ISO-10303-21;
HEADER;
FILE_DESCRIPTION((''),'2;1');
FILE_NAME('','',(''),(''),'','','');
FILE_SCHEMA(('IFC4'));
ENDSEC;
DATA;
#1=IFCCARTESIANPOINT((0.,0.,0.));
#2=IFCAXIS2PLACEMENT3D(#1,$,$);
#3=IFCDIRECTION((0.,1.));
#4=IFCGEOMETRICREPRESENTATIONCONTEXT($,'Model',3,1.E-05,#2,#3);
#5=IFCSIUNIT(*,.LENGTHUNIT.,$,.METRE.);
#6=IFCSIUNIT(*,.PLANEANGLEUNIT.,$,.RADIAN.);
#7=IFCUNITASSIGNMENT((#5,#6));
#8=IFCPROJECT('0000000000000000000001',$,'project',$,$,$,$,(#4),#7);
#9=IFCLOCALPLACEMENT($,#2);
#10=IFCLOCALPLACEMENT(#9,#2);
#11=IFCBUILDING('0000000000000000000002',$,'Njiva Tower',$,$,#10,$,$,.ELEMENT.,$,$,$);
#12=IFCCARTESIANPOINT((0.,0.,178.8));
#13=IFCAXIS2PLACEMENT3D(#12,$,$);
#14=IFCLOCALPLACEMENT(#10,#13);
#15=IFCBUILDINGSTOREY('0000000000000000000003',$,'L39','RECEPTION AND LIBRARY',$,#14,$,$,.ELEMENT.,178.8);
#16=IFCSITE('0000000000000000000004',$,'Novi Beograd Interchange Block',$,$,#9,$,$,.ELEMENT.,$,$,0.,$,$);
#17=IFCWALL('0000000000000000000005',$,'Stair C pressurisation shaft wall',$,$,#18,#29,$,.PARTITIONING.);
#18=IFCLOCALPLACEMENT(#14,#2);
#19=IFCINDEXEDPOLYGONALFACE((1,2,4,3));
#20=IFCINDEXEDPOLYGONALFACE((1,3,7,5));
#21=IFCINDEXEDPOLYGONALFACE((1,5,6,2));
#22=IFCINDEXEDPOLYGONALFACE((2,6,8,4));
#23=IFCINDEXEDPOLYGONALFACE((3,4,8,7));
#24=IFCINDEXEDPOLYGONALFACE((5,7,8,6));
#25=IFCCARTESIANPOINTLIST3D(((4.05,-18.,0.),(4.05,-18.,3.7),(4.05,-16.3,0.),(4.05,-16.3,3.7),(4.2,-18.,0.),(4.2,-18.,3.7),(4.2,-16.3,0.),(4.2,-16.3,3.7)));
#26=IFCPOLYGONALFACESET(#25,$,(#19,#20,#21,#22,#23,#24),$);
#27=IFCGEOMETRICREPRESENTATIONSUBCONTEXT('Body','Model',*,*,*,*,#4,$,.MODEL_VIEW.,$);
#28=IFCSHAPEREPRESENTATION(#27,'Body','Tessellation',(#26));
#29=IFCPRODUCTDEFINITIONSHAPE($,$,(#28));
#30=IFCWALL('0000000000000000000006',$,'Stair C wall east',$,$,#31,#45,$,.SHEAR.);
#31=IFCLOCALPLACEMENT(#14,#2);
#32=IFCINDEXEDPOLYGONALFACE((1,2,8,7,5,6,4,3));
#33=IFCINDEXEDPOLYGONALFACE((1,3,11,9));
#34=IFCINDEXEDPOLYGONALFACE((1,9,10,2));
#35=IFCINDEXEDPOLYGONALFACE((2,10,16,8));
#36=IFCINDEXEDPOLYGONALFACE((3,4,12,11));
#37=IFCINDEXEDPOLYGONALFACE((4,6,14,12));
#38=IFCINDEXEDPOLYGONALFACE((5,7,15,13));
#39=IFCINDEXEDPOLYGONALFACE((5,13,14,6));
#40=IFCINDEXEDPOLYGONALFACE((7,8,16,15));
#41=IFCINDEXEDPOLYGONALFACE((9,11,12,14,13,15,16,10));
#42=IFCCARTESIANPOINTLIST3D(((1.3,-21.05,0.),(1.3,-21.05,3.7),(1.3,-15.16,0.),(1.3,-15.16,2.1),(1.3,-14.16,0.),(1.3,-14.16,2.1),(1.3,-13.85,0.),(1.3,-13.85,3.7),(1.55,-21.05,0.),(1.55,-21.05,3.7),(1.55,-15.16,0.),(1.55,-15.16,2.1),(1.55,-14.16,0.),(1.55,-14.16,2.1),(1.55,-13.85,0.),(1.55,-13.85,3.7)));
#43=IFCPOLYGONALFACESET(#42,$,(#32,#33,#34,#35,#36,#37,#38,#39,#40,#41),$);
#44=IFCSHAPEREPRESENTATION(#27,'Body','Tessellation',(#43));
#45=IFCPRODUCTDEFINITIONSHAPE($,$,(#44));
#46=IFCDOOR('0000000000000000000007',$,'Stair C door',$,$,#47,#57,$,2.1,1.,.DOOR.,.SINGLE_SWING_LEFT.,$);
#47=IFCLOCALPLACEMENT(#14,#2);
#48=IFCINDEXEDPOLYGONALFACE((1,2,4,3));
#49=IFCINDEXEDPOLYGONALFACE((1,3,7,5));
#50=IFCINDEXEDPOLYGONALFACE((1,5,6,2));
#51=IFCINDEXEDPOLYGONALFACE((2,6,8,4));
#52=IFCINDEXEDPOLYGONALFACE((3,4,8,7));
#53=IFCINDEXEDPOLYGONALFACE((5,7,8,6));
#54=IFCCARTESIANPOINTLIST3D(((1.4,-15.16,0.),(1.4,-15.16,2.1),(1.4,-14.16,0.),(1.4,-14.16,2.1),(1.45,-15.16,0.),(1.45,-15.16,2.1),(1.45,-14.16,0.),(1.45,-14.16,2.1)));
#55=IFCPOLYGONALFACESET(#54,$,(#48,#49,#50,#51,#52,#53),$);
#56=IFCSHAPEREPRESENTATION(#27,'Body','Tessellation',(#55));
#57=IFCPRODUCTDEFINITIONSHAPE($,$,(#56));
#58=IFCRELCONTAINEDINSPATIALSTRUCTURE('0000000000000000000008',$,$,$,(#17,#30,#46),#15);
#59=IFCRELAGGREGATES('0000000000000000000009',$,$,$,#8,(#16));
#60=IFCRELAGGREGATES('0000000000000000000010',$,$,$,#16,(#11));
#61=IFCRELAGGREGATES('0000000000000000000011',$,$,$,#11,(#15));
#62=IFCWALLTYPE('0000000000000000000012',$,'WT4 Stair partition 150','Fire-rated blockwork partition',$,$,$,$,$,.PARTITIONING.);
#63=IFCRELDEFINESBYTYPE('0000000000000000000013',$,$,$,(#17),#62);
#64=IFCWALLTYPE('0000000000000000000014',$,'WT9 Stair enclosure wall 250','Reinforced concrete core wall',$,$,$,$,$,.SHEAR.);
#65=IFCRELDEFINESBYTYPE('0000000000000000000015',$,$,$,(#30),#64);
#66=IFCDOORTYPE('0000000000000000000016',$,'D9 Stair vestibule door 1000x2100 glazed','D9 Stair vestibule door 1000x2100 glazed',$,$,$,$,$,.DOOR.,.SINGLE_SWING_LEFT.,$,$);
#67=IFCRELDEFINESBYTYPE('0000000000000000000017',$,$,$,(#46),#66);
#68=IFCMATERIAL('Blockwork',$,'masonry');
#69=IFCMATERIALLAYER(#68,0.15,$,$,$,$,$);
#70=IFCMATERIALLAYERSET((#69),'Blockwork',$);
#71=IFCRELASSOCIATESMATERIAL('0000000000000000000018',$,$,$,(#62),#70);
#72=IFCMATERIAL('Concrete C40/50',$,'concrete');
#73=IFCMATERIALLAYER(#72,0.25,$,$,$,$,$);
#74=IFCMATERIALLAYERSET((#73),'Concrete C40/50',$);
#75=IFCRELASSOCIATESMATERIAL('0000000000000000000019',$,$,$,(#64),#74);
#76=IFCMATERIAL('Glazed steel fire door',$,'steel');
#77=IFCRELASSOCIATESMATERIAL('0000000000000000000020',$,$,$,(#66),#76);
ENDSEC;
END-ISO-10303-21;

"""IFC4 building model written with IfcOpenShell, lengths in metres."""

from ifc_helpers import new_model, si_unit, direction, frame, frame_2d, origin, place, context, subcontext, project, spatial, rectangle, extrude, material, layer, layer_set, type_object, element, fill, save


model = new_model("IFC4")

# Units and contexts
model_context = context("Model", 3, precision=1e-05, world=origin(), true_north=direction((0.0, 1.0)))
body_context = subcontext(model_context, "Body", "Model", "MODEL_VIEW")
ifc_project = project(units=[si_unit("LENGTHUNIT", "METRE"), si_unit("PLANEANGLEUNIT", "RADIAN")], contexts=[model_context])

# Site, building, storey
site_placement = place(None, origin())
site = spatial("IfcSite", under=ifc_project, at=site_placement, Name="Novi Beograd Interchange Block", CompositionType="ELEMENT", RefElevation=0.0)
building_placement = place(site_placement, origin())
building = spatial("IfcBuilding", under=site, at=building_placement, Name="Njiva Tower", CompositionType="ELEMENT")
storey_placement = place(building_placement, frame((0.0, 0.0, 178.8)))
storey = spatial("IfcBuildingStorey", under=building, at=storey_placement, Name="L39", Description="RECEPTION AND LIBRARY", CompositionType="ELEMENT", Elevation=178.8)

# Wall
ifc_material_1 = material(Name="Blockwork", Category="masonry")
ifc_layer_1 = layer(ifc_material_1, 0.15)
ifc_layer_set_1 = layer_set([ifc_layer_1], Name="Blockwork")
wall_type_1 = type_object("IfcWallType", Name="WT4 Stair partition 150", Description="Fire-rated blockwork partition", PredefinedType="PARTITIONING", material=ifc_layer_set_1)
wall_1_placement = place(storey_placement, frame((4.125, -18.0, 0.0), z_axis=(0.0, 0.0, 1.0), x_axis=(0.0, 1.0, 0.0)))
element("IfcWall", 1, at=wall_1_placement, inside=storey, type_object=wall_type_1, Name="Stair C pressurisation shaft wall", PredefinedType="PARTITIONING", context=body_context, shape_type="SweptSolid", body=[
    extrude(rectangle(XDim=1.7, YDim=0.15, at=frame_2d((0.85, 0.0))), origin(), (0.0, 0.0, 1.0), 3.7),
])

# Wall, opening, door
ifc_material_2 = material(Name="Concrete C40/50", Category="concrete")
ifc_layer_2 = layer(ifc_material_2, 0.25)
ifc_layer_set_2 = layer_set([ifc_layer_2], Name="Concrete C40/50")
wall_type_2 = type_object("IfcWallType", Name="WT9 Stair enclosure wall 250", Description="Reinforced concrete core wall", PredefinedType="SHEAR", material=ifc_layer_set_2)
wall_2_placement = place(storey_placement, frame((1.425, -21.05, 0.0), z_axis=(0.0, 0.0, 1.0), x_axis=(0.0, 1.0, 0.0)))
wall_2 = element("IfcWall", 2, at=wall_2_placement, inside=storey, type_object=wall_type_2, Name="Stair C wall east", PredefinedType="SHEAR", context=body_context, shape_type="SweptSolid", body=[
    extrude(rectangle(XDim=7.2, YDim=0.25, at=frame_2d((3.6, 0.0))), origin(), (0.0, 0.0, 1.0), 3.7),
])
opening_1_placement = place(wall_2_placement, frame((5.89, 0.0, 0.0)))
opening_1 = element("IfcOpeningElement", 3, at=opening_1_placement, cuts=wall_2, PredefinedType="OPENING", context=body_context, shape_type="SweptSolid", body=[
    extrude(rectangle(XDim=1.0, YDim=2.1, at=frame_2d((0.5, 1.05))), frame((0.0, 0.135, 0.0), z_axis=(0.0, -1.0, 0.0), x_axis=(1.0, 0.0, 0.0)), (0.0, 0.0, 1.0), 0.27),
])
ifc_material_3 = material(Name="Glazed steel fire door", Category="steel")
door_type = type_object("IfcDoorType", Name="D9 Stair vestibule door 1000x2100 glazed", Description="D9 Stair vestibule door 1000x2100 glazed", OperationType="SINGLE_SWING_LEFT", PredefinedType="DOOR", material=ifc_material_3)
door_placement = place(opening_1_placement, origin())
door = element("IfcDoor", 4, at=door_placement, inside=storey, type_object=door_type, Name="Stair C door", OperationType="SINGLE_SWING_LEFT", OverallHeight=2.1, OverallWidth=1.0, PredefinedType="DOOR", context=body_context, shape_type="SweptSolid", body=[
    extrude(rectangle(XDim=1.0, YDim=2.1, at=frame_2d((0.5, 1.05))), frame((0.0, 0.025, 0.0), z_axis=(0.0, -1.0, 0.0), x_axis=(1.0, 0.0, 0.0)), (0.0, 0.0, 1.0), 0.05),
])
fill(opening_1, door)

save(model, "model.ifc")
